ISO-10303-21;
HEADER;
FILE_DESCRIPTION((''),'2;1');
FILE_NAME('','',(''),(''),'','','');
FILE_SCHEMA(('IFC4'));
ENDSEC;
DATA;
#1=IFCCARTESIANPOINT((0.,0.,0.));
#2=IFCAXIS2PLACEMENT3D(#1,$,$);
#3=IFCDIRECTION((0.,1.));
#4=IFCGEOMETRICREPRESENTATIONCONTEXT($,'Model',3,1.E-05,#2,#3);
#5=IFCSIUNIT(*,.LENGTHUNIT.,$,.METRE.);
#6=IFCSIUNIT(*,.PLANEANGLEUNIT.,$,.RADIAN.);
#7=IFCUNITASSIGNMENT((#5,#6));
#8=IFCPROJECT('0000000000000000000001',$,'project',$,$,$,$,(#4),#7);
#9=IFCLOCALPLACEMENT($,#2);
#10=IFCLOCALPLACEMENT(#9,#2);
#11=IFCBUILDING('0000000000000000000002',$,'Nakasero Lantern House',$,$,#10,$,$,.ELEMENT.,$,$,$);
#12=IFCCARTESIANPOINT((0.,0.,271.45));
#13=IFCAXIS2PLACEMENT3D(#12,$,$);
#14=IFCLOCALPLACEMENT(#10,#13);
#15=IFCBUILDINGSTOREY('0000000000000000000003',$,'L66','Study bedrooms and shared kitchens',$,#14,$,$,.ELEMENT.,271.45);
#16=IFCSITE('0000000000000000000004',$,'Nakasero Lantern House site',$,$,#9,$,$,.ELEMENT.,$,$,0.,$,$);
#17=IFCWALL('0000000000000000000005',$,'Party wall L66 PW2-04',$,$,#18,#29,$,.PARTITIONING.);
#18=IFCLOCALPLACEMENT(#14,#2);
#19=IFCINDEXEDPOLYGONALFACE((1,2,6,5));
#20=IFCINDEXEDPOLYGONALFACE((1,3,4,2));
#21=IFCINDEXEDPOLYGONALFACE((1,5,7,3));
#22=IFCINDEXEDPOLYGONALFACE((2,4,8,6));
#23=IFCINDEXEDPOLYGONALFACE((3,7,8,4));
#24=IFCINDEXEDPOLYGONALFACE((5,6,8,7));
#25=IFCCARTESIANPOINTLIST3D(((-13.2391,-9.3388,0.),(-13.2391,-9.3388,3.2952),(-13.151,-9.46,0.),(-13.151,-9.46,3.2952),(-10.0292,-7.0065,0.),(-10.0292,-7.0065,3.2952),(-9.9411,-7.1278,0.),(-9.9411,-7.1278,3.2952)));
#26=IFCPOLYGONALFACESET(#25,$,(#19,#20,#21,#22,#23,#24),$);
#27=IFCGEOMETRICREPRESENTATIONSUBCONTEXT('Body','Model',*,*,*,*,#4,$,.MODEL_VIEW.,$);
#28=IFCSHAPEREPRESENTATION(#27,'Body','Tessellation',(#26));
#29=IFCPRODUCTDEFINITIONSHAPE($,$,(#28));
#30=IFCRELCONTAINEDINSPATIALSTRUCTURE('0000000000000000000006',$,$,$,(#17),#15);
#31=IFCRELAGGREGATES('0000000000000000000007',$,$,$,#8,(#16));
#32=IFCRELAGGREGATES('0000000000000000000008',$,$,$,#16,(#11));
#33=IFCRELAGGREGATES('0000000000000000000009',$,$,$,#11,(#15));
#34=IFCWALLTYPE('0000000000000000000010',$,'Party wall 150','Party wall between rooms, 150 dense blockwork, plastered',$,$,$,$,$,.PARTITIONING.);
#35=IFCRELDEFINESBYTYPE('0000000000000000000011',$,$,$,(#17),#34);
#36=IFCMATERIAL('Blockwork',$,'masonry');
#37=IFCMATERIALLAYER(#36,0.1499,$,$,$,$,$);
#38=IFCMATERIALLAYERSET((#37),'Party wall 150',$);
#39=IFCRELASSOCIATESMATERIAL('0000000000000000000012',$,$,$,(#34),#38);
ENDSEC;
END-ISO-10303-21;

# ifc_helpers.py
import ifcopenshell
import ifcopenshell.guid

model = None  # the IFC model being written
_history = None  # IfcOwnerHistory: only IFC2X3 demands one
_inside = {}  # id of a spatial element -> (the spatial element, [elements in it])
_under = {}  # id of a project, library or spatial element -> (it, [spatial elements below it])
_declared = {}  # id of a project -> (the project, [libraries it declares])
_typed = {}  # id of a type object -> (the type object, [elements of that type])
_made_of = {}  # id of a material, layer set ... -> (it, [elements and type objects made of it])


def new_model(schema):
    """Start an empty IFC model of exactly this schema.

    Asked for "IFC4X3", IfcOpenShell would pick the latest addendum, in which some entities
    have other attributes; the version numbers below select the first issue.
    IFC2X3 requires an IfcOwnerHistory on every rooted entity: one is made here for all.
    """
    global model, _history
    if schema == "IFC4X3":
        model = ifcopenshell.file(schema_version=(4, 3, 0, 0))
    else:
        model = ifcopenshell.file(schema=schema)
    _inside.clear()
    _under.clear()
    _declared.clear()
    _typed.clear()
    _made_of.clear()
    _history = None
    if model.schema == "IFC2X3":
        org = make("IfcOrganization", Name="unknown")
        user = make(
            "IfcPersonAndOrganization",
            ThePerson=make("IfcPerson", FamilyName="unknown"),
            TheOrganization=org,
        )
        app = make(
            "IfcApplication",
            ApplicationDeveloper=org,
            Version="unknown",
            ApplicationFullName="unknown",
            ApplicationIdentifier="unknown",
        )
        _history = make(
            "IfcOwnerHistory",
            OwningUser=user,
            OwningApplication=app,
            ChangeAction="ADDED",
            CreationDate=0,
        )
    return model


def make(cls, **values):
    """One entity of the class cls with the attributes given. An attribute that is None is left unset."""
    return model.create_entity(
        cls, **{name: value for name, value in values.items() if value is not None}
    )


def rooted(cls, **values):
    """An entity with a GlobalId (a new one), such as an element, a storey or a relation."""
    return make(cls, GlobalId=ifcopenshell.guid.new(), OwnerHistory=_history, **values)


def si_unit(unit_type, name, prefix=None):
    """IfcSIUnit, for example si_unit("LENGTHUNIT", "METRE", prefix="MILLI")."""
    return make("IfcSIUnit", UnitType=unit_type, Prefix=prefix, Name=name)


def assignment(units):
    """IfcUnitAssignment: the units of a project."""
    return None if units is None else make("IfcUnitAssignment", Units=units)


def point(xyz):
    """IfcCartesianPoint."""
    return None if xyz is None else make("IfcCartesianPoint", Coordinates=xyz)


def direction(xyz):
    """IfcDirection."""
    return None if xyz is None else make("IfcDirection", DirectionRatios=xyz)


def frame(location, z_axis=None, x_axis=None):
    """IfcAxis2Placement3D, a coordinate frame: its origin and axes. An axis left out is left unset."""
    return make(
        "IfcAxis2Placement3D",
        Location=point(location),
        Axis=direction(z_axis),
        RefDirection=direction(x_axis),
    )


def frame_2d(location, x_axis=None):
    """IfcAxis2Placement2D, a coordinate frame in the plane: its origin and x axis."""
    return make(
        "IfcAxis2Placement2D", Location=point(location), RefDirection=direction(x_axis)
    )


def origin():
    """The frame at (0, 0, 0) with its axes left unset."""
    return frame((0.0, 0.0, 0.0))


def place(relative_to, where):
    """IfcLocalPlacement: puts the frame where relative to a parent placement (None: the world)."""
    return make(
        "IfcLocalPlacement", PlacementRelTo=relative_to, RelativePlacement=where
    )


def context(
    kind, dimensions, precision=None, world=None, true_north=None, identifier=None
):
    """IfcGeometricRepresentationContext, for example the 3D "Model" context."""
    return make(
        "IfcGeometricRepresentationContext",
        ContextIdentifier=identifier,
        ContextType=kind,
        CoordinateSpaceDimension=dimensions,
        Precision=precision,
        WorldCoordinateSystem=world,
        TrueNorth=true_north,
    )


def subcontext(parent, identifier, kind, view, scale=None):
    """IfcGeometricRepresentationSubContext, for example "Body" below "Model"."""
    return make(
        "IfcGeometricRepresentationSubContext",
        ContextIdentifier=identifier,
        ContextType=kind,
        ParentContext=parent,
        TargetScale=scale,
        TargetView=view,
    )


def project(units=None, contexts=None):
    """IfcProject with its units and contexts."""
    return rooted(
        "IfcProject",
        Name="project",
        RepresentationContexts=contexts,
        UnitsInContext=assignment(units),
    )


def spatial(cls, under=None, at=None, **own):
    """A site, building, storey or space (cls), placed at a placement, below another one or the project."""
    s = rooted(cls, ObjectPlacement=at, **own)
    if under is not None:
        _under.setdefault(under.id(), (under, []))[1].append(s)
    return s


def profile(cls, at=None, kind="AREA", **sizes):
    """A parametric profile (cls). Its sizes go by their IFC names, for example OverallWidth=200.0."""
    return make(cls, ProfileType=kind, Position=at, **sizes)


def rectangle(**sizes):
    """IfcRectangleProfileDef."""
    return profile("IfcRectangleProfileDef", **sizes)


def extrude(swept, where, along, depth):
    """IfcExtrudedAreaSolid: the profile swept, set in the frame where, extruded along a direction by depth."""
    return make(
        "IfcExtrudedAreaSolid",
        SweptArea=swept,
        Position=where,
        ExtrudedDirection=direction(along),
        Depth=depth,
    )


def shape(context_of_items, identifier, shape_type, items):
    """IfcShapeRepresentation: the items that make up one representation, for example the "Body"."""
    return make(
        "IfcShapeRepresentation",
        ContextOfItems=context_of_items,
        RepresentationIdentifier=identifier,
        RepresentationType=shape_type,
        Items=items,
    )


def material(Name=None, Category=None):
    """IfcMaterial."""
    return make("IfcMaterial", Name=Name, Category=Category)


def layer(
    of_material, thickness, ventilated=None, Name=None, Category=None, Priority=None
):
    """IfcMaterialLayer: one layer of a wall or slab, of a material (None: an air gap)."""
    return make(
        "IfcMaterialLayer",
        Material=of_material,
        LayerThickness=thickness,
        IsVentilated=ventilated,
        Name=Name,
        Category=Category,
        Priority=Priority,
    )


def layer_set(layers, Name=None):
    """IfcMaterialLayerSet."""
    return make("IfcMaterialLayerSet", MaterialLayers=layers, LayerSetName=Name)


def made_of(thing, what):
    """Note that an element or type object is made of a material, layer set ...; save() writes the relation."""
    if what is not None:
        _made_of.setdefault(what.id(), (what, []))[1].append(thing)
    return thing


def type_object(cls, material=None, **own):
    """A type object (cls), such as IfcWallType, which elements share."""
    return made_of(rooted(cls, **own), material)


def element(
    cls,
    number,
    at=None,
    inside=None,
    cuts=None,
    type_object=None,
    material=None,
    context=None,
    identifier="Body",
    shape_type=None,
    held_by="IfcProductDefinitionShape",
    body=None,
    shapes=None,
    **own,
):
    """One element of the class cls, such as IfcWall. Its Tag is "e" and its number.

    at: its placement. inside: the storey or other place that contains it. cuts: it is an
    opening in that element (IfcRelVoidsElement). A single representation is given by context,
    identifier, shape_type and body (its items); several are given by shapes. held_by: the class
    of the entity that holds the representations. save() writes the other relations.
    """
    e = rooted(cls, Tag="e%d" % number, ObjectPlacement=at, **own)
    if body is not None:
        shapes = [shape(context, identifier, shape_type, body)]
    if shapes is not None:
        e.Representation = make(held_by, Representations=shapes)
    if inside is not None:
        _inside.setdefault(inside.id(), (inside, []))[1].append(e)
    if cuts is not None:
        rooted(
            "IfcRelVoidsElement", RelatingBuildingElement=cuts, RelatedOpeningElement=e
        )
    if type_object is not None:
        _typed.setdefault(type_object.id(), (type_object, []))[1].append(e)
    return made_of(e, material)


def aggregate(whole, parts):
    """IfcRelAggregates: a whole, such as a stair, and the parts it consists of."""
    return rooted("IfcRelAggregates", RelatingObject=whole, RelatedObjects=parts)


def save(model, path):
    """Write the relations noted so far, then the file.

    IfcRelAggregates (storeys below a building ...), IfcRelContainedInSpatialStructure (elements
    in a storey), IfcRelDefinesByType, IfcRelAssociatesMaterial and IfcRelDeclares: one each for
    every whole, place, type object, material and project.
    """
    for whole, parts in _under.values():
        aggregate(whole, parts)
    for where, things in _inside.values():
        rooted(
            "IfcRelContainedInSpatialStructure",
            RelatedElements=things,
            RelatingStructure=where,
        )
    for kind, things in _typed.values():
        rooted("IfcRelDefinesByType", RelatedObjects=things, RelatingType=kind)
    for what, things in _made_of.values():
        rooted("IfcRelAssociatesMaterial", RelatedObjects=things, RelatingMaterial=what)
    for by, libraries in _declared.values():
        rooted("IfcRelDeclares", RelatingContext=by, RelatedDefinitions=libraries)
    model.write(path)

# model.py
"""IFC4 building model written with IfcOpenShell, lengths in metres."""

from ifc_helpers import new_model, si_unit, direction, frame, frame_2d, origin, place, context, subcontext, project, spatial, rectangle, extrude, material, layer, layer_set, type_object, element, save


model = new_model("IFC4")

# Units and contexts
model_context = context("Model", 3, precision=1e-05, world=origin(), true_north=direction((0.0, 1.0)))
body_context = subcontext(model_context, "Body", "Model", "MODEL_VIEW")
ifc_project = project(units=[si_unit("LENGTHUNIT", "METRE"), si_unit("PLANEANGLEUNIT", "RADIAN")], contexts=[model_context])

# Site, building, storey
site_placement = place(None, origin())
site = spatial("IfcSite", under=ifc_project, at=site_placement, Name="Nakasero Lantern House site", CompositionType="ELEMENT", RefElevation=0.0)
building_placement = place(site_placement, origin())
building = spatial("IfcBuilding", under=site, at=building_placement, Name="Nakasero Lantern House", CompositionType="ELEMENT")
storey_placement = place(building_placement, frame((0.0, 0.0, 271.45)))
storey = spatial("IfcBuildingStorey", under=building, at=storey_placement, Name="L66", Description="Study bedrooms and shared kitchens", CompositionType="ELEMENT", Elevation=271.45)

# Wall
ifc_material_1 = material(Name="Blockwork", Category="masonry")
ifc_layer_1 = layer(ifc_material_1, 0.1499)
ifc_layer_set_1 = layer_set([ifc_layer_1], Name="Party wall 150")
wall_type_1 = type_object("IfcWallType", Name="Party wall 150", Description="Party wall between rooms, 150 dense blockwork, plastered", PredefinedType="PARTITIONING", material=ifc_layer_set_1)
wall_1_placement = place(storey_placement, frame((-9.9851, -7.0671, 0.0), z_axis=(0.0, 0.0, 1.0), x_axis=(-0.809005, -0.587802, 0.0)))
element("IfcWall", 1, at=wall_1_placement, inside=storey, type_object=wall_type_1, Name="Party wall L66 PW2-04", PredefinedType="PARTITIONING", context=body_context, shape_type="SweptSolid", body=[
    extrude(rectangle(XDim=3.9678, YDim=0.1499, at=frame_2d((1.9839, 0.0))), origin(), (0.0, 0.0, 1.0), 3.2952),
])

save(model, "model.ifc")
